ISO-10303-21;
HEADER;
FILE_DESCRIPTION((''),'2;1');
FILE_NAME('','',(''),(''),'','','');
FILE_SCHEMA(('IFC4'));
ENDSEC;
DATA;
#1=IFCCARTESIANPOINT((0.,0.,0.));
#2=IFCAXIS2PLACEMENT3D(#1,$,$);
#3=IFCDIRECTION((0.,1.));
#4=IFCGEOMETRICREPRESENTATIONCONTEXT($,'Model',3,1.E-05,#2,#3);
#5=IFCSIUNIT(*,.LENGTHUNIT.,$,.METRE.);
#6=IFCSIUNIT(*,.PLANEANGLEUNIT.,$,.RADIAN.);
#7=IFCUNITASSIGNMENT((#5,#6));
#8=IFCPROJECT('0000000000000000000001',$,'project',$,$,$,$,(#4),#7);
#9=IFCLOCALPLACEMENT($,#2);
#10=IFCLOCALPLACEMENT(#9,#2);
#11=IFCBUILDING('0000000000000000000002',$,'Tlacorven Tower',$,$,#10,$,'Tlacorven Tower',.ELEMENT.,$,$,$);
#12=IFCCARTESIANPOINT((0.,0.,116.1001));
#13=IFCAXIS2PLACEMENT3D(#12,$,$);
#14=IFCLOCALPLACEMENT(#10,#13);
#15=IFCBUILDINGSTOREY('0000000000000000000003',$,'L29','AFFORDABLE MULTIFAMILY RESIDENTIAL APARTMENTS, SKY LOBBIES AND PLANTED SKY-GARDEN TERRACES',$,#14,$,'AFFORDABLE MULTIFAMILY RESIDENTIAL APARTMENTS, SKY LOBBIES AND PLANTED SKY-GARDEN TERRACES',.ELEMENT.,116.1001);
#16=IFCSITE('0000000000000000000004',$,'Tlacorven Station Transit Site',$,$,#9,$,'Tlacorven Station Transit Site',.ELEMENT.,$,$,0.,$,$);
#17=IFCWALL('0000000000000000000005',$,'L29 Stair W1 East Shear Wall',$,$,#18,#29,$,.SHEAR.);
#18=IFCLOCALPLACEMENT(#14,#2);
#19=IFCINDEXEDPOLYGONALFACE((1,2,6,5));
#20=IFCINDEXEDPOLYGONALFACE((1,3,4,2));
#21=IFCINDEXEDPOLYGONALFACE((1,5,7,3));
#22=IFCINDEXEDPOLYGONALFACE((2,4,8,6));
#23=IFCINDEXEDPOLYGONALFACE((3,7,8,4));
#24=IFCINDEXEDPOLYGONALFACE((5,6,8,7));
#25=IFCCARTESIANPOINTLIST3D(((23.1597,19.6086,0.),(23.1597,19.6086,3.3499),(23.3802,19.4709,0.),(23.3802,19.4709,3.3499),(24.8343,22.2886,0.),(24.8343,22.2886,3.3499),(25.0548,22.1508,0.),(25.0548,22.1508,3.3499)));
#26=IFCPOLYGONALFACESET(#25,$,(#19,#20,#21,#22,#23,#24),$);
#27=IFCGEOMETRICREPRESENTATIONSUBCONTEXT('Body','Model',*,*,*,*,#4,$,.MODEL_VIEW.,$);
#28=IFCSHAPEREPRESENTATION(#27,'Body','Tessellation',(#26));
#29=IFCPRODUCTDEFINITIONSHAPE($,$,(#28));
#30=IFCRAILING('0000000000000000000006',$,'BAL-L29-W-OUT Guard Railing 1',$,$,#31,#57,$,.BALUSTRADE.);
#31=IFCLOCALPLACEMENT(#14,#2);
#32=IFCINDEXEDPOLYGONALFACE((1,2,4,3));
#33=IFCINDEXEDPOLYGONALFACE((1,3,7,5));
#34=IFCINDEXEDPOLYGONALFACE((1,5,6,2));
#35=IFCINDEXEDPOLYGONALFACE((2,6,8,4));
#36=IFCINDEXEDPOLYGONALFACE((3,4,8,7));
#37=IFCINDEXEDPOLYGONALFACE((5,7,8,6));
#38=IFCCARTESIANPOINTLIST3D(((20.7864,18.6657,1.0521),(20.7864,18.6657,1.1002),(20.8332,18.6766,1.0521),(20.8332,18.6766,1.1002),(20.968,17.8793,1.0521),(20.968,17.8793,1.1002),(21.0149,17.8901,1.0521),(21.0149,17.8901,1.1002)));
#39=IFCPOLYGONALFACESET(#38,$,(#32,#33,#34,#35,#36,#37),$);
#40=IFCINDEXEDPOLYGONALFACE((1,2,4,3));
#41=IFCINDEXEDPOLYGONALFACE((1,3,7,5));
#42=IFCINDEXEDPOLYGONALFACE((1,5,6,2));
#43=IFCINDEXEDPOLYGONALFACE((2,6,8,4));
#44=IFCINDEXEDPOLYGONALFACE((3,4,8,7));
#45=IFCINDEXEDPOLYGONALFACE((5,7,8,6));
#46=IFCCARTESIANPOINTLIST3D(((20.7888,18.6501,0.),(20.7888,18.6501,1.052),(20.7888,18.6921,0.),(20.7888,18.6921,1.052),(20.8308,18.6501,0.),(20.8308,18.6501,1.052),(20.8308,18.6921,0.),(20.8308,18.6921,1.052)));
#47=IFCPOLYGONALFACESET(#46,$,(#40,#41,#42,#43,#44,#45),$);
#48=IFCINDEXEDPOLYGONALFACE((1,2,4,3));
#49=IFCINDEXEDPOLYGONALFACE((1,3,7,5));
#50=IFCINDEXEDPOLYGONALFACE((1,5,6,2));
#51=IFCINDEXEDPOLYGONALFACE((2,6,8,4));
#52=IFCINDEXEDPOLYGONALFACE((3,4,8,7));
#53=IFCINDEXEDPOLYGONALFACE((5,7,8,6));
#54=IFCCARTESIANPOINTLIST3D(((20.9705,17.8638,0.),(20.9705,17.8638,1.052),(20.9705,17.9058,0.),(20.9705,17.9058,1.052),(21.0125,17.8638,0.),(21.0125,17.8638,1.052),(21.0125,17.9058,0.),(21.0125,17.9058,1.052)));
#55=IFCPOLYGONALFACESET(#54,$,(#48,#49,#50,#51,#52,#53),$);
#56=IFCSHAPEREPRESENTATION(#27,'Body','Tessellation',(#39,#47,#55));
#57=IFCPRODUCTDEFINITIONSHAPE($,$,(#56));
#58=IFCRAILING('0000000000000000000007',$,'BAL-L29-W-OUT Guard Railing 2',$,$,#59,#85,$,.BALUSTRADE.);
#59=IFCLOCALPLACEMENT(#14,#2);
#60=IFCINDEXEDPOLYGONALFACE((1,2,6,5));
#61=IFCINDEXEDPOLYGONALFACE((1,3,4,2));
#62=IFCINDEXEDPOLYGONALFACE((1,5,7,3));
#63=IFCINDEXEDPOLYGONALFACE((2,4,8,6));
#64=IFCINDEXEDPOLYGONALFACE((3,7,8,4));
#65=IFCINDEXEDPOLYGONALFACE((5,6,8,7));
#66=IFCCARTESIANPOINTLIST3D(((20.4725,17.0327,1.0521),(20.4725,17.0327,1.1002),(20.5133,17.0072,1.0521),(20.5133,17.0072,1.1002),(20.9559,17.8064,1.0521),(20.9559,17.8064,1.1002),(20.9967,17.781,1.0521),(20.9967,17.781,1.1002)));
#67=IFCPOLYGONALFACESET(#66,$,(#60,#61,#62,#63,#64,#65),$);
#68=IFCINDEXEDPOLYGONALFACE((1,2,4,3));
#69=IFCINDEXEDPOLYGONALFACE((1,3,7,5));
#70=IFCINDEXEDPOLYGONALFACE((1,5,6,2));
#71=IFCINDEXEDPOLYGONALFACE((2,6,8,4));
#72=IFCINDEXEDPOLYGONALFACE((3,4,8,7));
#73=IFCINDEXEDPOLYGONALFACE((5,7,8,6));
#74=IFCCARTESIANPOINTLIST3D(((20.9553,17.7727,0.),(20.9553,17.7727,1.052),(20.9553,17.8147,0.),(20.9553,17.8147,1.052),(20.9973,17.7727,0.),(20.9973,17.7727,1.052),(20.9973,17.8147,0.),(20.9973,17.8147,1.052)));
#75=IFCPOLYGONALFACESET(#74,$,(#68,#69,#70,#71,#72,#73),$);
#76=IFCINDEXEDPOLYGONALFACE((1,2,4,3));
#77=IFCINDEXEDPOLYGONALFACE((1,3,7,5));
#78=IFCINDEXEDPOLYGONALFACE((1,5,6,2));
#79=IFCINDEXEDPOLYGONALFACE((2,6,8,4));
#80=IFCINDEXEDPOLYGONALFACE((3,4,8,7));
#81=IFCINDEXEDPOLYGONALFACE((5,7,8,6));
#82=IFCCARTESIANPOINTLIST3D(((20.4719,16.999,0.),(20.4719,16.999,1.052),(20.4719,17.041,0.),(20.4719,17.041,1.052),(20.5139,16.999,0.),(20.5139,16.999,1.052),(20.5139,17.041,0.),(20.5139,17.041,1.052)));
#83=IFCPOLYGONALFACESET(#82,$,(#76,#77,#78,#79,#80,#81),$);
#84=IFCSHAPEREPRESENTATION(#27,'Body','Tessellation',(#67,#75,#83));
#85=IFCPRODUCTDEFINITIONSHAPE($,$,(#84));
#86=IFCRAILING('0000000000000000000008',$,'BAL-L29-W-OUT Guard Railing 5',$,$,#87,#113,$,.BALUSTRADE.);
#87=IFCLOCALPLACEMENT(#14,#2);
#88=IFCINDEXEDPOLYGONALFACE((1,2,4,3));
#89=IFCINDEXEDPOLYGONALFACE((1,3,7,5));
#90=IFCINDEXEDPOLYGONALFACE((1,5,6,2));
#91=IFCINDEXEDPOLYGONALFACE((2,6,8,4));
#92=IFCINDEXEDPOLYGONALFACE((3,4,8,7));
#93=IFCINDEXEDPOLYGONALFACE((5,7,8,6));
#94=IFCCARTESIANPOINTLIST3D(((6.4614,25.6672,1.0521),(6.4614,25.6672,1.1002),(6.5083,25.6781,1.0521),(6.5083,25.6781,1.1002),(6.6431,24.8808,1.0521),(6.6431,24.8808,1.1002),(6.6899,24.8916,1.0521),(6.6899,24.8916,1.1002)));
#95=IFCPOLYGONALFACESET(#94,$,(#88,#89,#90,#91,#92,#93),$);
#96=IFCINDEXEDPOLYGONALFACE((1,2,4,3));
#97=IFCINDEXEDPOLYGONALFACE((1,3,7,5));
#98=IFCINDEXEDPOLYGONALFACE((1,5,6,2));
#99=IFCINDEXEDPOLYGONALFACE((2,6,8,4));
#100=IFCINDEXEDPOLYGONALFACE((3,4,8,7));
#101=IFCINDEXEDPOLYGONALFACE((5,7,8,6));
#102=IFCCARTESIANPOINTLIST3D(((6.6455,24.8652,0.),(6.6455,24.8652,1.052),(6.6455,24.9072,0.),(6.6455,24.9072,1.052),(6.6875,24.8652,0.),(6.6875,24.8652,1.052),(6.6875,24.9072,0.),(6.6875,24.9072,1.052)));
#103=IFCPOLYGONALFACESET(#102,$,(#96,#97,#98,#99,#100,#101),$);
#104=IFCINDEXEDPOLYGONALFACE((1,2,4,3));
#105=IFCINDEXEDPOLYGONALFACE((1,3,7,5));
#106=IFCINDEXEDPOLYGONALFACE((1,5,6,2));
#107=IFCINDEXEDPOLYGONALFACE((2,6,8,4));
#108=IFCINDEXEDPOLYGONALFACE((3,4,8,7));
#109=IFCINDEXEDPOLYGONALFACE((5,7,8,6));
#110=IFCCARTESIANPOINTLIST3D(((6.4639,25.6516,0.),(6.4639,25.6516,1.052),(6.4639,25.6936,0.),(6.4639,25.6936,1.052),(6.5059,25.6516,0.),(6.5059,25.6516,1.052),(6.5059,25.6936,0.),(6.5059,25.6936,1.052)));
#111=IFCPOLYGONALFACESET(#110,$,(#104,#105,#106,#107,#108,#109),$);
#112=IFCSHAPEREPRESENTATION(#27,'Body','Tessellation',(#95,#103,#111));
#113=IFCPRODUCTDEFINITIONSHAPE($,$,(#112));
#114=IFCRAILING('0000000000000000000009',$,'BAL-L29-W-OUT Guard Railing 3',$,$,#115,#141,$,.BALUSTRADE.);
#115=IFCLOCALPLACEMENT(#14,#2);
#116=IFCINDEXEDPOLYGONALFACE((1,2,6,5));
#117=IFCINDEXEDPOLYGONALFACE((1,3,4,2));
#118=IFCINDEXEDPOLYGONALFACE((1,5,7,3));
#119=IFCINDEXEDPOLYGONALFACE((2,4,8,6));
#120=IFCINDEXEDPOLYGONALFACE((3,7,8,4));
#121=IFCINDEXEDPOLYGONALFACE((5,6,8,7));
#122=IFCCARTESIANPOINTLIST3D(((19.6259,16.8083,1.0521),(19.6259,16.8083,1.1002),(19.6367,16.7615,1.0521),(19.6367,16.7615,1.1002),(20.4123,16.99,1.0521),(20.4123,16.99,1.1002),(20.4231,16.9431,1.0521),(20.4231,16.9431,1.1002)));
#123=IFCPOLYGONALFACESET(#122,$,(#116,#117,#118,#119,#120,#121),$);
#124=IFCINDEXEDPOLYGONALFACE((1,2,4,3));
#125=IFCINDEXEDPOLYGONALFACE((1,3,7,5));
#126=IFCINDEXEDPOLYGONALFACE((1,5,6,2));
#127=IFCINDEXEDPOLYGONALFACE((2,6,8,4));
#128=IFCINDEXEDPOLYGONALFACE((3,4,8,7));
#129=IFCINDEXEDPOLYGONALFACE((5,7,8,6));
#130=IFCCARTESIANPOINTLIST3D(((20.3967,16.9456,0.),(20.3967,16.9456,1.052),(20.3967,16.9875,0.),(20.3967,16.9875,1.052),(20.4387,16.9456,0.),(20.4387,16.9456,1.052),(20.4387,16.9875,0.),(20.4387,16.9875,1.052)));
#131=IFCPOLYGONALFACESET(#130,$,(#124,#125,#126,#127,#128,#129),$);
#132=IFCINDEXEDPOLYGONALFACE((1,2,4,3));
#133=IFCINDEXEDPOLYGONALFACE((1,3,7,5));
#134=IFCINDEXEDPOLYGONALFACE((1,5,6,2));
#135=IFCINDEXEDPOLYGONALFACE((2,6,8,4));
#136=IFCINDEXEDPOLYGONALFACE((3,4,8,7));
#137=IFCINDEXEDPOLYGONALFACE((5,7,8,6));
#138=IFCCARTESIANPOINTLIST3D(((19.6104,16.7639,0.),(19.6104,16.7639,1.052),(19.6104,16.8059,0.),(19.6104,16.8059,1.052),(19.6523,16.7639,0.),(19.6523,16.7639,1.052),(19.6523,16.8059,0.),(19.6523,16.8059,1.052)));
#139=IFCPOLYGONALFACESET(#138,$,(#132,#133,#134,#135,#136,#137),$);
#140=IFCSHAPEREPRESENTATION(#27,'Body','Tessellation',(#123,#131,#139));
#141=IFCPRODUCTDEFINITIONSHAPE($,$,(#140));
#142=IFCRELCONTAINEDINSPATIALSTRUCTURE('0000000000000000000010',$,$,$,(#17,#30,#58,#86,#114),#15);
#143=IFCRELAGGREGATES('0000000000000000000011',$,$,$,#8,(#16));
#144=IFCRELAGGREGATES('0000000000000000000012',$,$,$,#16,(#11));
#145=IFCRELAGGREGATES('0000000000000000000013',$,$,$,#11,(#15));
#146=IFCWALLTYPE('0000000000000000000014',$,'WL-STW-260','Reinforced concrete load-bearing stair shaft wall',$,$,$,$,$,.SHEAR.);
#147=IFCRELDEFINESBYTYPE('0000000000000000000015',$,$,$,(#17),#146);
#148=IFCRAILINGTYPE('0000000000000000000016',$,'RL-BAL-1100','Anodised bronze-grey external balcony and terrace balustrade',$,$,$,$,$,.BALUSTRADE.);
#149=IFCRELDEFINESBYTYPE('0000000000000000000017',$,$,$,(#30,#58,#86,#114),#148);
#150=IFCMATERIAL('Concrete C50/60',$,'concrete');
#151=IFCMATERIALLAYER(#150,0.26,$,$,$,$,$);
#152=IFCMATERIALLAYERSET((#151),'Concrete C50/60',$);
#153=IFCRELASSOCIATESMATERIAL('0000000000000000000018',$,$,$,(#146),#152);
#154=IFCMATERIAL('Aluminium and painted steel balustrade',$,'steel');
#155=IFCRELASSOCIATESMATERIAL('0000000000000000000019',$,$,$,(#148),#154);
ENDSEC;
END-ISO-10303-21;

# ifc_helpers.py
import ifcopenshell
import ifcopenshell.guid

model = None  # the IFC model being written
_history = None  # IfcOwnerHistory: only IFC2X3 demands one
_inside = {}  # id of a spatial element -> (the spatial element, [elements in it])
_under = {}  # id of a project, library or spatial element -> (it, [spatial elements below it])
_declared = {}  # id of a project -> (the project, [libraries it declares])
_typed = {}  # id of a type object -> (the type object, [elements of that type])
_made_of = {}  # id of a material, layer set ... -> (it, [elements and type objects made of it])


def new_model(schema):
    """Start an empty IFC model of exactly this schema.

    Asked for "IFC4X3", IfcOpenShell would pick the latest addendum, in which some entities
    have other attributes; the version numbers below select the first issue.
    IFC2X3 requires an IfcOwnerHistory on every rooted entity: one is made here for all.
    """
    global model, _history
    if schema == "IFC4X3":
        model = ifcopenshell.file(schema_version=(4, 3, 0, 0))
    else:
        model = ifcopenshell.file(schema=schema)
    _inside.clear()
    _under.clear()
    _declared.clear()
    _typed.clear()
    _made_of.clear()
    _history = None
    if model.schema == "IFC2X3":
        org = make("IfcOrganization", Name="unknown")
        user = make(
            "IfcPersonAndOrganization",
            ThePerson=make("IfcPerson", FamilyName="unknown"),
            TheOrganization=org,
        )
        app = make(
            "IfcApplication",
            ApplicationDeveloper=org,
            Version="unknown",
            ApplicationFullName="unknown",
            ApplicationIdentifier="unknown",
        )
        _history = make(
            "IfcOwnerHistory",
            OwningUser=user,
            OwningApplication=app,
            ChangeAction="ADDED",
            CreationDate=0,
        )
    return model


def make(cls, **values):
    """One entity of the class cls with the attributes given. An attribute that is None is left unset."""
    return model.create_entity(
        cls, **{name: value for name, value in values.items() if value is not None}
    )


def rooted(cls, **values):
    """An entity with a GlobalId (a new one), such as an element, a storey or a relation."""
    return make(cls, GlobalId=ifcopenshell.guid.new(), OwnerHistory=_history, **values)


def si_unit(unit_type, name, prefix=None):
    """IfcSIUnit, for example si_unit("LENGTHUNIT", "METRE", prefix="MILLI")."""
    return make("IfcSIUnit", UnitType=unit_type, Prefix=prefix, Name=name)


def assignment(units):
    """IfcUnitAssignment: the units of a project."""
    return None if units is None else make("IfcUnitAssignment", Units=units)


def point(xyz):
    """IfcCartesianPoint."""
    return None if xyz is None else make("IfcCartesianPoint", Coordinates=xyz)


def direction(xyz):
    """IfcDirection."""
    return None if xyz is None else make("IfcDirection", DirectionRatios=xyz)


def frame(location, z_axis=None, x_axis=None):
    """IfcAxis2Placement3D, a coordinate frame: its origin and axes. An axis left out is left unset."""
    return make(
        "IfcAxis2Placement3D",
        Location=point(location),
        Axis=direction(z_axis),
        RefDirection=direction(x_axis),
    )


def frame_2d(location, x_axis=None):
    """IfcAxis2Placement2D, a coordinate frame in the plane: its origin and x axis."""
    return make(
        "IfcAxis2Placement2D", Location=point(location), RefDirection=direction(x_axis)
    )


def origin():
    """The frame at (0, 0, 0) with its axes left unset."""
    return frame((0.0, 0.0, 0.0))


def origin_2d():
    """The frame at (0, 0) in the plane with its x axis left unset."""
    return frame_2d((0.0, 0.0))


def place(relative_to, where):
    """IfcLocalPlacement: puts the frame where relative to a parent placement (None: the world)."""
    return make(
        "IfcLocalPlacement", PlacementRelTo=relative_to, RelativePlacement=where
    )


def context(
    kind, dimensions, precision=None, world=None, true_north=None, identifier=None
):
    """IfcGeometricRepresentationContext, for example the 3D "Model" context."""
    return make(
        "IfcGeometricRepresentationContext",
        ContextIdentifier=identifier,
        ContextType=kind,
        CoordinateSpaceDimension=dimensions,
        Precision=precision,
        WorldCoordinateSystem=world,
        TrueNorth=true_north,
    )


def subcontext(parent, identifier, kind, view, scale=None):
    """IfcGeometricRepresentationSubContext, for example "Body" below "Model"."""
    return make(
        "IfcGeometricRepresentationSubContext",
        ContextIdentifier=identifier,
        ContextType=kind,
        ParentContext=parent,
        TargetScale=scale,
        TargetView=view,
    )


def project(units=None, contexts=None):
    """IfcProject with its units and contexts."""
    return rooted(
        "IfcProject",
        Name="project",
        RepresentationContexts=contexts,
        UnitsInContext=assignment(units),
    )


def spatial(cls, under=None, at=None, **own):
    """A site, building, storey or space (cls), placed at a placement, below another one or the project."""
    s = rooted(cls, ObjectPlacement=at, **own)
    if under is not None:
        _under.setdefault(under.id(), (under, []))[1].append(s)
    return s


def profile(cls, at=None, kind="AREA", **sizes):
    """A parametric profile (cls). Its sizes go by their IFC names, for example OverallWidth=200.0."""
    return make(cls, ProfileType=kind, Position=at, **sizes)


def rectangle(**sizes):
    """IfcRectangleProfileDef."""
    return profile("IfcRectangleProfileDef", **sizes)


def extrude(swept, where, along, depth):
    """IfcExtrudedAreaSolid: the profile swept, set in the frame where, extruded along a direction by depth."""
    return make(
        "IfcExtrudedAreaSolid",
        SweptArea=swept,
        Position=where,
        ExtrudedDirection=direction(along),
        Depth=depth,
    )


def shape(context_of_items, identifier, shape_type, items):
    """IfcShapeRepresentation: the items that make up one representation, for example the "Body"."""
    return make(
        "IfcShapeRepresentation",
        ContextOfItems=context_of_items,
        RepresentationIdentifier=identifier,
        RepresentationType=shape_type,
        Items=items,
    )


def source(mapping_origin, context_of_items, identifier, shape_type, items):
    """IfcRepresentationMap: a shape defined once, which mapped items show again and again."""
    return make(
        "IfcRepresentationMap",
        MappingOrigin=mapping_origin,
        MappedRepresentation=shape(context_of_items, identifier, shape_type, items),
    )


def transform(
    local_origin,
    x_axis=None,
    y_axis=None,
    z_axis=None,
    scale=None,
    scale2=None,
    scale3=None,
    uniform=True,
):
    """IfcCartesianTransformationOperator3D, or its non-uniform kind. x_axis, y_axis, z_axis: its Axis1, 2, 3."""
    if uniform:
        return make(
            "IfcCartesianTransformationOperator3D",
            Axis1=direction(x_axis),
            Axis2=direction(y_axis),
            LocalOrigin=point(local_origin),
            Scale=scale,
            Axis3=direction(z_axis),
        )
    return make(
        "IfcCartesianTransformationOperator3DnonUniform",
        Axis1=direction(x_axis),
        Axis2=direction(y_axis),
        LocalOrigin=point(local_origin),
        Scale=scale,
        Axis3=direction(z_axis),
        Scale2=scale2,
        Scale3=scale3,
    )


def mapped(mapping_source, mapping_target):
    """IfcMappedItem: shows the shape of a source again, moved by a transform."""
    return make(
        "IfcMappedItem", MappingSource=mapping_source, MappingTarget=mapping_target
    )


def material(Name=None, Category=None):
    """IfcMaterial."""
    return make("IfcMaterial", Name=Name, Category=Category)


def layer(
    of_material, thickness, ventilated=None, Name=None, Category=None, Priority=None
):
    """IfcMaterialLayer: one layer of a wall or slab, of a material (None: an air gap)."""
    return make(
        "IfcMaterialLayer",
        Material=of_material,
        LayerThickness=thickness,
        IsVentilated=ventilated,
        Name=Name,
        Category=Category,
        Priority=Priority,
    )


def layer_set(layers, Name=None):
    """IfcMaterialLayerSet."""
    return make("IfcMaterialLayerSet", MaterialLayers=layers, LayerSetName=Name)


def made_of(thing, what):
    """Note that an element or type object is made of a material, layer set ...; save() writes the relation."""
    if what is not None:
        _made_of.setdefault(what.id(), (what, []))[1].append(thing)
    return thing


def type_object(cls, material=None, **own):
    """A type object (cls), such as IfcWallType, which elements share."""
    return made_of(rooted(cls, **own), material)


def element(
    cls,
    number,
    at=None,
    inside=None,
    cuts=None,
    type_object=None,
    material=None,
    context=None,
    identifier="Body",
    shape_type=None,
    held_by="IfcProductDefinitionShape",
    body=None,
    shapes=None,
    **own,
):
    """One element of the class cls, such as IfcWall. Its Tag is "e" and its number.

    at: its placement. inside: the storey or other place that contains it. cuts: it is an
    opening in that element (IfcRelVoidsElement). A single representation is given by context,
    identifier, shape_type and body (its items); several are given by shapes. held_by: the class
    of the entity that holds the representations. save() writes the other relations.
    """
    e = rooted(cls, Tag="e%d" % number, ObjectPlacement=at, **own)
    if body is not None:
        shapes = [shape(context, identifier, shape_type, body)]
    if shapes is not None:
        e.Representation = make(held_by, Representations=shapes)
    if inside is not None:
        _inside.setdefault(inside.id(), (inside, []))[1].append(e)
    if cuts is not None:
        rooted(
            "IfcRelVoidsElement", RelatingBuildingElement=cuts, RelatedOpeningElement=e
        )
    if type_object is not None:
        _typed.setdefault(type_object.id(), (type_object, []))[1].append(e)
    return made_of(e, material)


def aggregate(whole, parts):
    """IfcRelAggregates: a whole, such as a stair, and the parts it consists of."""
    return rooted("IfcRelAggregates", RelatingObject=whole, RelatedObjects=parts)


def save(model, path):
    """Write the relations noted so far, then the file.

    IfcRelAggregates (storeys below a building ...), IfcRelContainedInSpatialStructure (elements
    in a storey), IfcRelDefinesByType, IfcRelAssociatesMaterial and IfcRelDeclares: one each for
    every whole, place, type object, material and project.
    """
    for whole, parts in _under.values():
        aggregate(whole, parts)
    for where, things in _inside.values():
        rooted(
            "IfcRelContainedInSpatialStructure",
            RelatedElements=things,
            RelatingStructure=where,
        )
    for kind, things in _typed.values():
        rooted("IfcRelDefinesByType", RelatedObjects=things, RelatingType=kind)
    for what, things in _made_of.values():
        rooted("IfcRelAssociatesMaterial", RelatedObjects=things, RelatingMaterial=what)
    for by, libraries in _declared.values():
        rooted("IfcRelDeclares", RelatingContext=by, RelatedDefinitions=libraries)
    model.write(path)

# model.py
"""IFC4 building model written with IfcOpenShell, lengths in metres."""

from ifc_helpers import new_model, si_unit, direction, frame, frame_2d, origin, origin_2d, place, context, subcontext, project, spatial, rectangle, extrude, source, transform, mapped, material, layer, layer_set, type_object, element, save


model = new_model("IFC4")

# Units and contexts
model_context = context("Model", 3, precision=1e-05, world=origin(), true_north=direction((0.0, 1.0)))
body_context = subcontext(model_context, "Body", "Model", "MODEL_VIEW")
ifc_project = project(units=[si_unit("LENGTHUNIT", "METRE"), si_unit("PLANEANGLEUNIT", "RADIAN")], contexts=[model_context])

# Site, building, storey
site_placement = place(None, origin())
site = spatial("IfcSite", under=ifc_project, at=site_placement, Name="Tlacorven Station Transit Site", LongName="Tlacorven Station Transit Site", CompositionType="ELEMENT", RefElevation=0.0)
building_placement = place(site_placement, origin())
building = spatial("IfcBuilding", under=site, at=building_placement, Name="Tlacorven Tower", LongName="Tlacorven Tower", CompositionType="ELEMENT")
storey_placement = place(building_placement, frame((0.0, 0.0, 116.1001)))
storey = spatial("IfcBuildingStorey", under=building, at=storey_placement, Name="L29", Description="AFFORDABLE MULTIFAMILY RESIDENTIAL APARTMENTS, SKY LOBBIES AND PLANTED SKY-GARDEN TERRACES", LongName="AFFORDABLE MULTIFAMILY RESIDENTIAL APARTMENTS, SKY LOBBIES AND PLANTED SKY-GARDEN TERRACES", CompositionType="ELEMENT", Elevation=116.1001)

# Wall
ifc_material_1 = material(Name="Concrete C50/60", Category="concrete")
ifc_layer_1 = layer(ifc_material_1, 0.26)
ifc_layer_set_1 = layer_set([ifc_layer_1], Name="Concrete C50/60")
wall_type_1 = type_object("IfcWallType", Name="WL-STW-260", Description="Reinforced concrete load-bearing stair shaft wall", PredefinedType="SHEAR", material=ifc_layer_set_1)
wall_1_placement = place(storey_placement, frame((24.9446, 22.2197, 0.0), z_axis=(0.0, 0.0, 1.0), x_axis=(-0.529909, -0.848055, 0.0)))
element("IfcWall", 1, at=wall_1_placement, inside=storey, type_object=wall_type_1, Name="L29 Stair W1 East Shear Wall", PredefinedType="SHEAR", context=body_context, shape_type="SweptSolid", body=[
    extrude(rectangle(XDim=3.1602, YDim=0.26, at=frame_2d((1.5801, 0.0))), origin(), (0.0, 0.0, 1.0), 3.3499),
])

# Railings
ifc_material_2 = material(Name="Aluminium and painted steel balustrade", Category="steel")
railing_type = type_object("IfcRailingType", Name="RL-BAL-1100", Description="Anodised bronze-grey external balcony and terrace balustrade", PredefinedType="BALUSTRADE", material=ifc_material_2)
shared_shape_1 = source(origin(), body_context, "Body", "SweptSolid", [
    extrude(rectangle(XDim=0.0481, YDim=0.0481, at=origin_2d()), frame((0.0, 0.0, 1.0762), z_axis=(0.225058, -0.974345, 0.0), x_axis=(0.974345, 0.225058, 0.0)), (0.0, 0.0, 1.0), 0.8071),
    extrude(rectangle(XDim=0.042, YDim=0.042, at=origin_2d()), origin(), (0.0, 0.0, 1.0), 1.052),
    extrude(rectangle(XDim=0.042, YDim=0.042, at=origin_2d()), frame((0.1816, -0.7864, 0.0)), (0.0, 0.0, 1.0), 1.052),
])
railing_1_placement = place(storey_placement, frame((20.8098, 18.6711, 0.0)))
element("IfcRailing", 2, at=railing_1_placement, inside=storey, type_object=railing_type, Name="BAL-L29-W-OUT Guard Railing 1", PredefinedType="BALUSTRADE", context=body_context, shape_type="MappedRepresentation", body=[
    mapped(shared_shape_1, transform((0.0, 0.0, 0.0), scale=1.0)),
])
shared_shape_2 = source(origin(), body_context, "Body", "SweptSolid", [
    extrude(rectangle(XDim=0.0481, YDim=0.0481, at=origin_2d()), frame((0.0, 0.0, 1.0762), z_axis=(-0.529879, -0.848073, 0.0), x_axis=(0.848073, -0.529879, 0.0)), (0.0, 0.0, 1.0), 0.9124),
    extrude(rectangle(XDim=0.042, YDim=0.042, at=origin_2d()), origin(), (0.0, 0.0, 1.0), 1.052),
    extrude(rectangle(XDim=0.042, YDim=0.042, at=origin_2d()), frame((-0.4834, -0.7737, 0.0)), (0.0, 0.0, 1.0), 1.052),
])
railing_2_placement = place(storey_placement, frame((20.9763, 17.7937, 0.0)))
element("IfcRailing", 3, at=railing_2_placement, inside=storey, type_object=railing_type, Name="BAL-L29-W-OUT Guard Railing 2", PredefinedType="BALUSTRADE", context=body_context, shape_type="MappedRepresentation", body=[
    mapped(shared_shape_2, transform((0.0, 0.0, 0.0), scale=1.0)),
])
shared_shape_3 = source(origin(), body_context, "Body", "SweptSolid", [
    extrude(rectangle(XDim=0.0481, YDim=0.0481, at=origin_2d()), frame((0.0, 0.0, 1.0762), z_axis=(-0.225058, 0.974345, 0.0), x_axis=(-0.974345, -0.225058, 0.0)), (0.0, 0.0, 1.0), 0.8071),
    extrude(rectangle(XDim=0.042, YDim=0.042, at=origin_2d()), origin(), (0.0, 0.0, 1.0), 1.052),
    extrude(rectangle(XDim=0.042, YDim=0.042, at=origin_2d()), frame((-0.1816, 0.7864, 0.0)), (0.0, 0.0, 1.0), 1.052),
])
railing_3_placement = place(storey_placement, frame((6.6665, 24.8862, 0.0)))
element("IfcRailing", 4, at=railing_3_placement, inside=storey, type_object=railing_type, Name="BAL-L29-W-OUT Guard Railing 5", PredefinedType="BALUSTRADE", context=body_context, shape_type="MappedRepresentation", body=[
    mapped(shared_shape_3, transform((0.0, 0.0, 0.0), scale=1.0)),
])
shared_shape_4 = source(origin(), body_context, "Body", "SweptSolid", [
    extrude(rectangle(XDim=0.0481, YDim=0.0481, at=origin_2d()), frame((0.0, 0.0, 1.0762), z_axis=(-0.974345, -0.225058, 0.0), x_axis=(0.225058, -0.974345, 0.0)), (0.0, 0.0, 1.0), 0.8071),
    extrude(rectangle(XDim=0.042, YDim=0.042, at=origin_2d()), origin(), (0.0, 0.0, 1.0), 1.052),
    extrude(rectangle(XDim=0.042, YDim=0.042, at=origin_2d()), frame((-0.7864, -0.1816, 0.0)), (0.0, 0.0, 1.0), 1.052),
])
railing_4_placement = place(storey_placement, frame((20.4177, 16.9666, 0.0)))
element("IfcRailing", 5, at=railing_4_placement, inside=storey, type_object=railing_type, Name="BAL-L29-W-OUT Guard Railing 3", PredefinedType="BALUSTRADE", context=body_context, shape_type="MappedRepresentation", body=[
    mapped(shared_shape_4, transform((0.0, 0.0, 0.0), scale=1.0)),
])

save(model, "model.ifc")
